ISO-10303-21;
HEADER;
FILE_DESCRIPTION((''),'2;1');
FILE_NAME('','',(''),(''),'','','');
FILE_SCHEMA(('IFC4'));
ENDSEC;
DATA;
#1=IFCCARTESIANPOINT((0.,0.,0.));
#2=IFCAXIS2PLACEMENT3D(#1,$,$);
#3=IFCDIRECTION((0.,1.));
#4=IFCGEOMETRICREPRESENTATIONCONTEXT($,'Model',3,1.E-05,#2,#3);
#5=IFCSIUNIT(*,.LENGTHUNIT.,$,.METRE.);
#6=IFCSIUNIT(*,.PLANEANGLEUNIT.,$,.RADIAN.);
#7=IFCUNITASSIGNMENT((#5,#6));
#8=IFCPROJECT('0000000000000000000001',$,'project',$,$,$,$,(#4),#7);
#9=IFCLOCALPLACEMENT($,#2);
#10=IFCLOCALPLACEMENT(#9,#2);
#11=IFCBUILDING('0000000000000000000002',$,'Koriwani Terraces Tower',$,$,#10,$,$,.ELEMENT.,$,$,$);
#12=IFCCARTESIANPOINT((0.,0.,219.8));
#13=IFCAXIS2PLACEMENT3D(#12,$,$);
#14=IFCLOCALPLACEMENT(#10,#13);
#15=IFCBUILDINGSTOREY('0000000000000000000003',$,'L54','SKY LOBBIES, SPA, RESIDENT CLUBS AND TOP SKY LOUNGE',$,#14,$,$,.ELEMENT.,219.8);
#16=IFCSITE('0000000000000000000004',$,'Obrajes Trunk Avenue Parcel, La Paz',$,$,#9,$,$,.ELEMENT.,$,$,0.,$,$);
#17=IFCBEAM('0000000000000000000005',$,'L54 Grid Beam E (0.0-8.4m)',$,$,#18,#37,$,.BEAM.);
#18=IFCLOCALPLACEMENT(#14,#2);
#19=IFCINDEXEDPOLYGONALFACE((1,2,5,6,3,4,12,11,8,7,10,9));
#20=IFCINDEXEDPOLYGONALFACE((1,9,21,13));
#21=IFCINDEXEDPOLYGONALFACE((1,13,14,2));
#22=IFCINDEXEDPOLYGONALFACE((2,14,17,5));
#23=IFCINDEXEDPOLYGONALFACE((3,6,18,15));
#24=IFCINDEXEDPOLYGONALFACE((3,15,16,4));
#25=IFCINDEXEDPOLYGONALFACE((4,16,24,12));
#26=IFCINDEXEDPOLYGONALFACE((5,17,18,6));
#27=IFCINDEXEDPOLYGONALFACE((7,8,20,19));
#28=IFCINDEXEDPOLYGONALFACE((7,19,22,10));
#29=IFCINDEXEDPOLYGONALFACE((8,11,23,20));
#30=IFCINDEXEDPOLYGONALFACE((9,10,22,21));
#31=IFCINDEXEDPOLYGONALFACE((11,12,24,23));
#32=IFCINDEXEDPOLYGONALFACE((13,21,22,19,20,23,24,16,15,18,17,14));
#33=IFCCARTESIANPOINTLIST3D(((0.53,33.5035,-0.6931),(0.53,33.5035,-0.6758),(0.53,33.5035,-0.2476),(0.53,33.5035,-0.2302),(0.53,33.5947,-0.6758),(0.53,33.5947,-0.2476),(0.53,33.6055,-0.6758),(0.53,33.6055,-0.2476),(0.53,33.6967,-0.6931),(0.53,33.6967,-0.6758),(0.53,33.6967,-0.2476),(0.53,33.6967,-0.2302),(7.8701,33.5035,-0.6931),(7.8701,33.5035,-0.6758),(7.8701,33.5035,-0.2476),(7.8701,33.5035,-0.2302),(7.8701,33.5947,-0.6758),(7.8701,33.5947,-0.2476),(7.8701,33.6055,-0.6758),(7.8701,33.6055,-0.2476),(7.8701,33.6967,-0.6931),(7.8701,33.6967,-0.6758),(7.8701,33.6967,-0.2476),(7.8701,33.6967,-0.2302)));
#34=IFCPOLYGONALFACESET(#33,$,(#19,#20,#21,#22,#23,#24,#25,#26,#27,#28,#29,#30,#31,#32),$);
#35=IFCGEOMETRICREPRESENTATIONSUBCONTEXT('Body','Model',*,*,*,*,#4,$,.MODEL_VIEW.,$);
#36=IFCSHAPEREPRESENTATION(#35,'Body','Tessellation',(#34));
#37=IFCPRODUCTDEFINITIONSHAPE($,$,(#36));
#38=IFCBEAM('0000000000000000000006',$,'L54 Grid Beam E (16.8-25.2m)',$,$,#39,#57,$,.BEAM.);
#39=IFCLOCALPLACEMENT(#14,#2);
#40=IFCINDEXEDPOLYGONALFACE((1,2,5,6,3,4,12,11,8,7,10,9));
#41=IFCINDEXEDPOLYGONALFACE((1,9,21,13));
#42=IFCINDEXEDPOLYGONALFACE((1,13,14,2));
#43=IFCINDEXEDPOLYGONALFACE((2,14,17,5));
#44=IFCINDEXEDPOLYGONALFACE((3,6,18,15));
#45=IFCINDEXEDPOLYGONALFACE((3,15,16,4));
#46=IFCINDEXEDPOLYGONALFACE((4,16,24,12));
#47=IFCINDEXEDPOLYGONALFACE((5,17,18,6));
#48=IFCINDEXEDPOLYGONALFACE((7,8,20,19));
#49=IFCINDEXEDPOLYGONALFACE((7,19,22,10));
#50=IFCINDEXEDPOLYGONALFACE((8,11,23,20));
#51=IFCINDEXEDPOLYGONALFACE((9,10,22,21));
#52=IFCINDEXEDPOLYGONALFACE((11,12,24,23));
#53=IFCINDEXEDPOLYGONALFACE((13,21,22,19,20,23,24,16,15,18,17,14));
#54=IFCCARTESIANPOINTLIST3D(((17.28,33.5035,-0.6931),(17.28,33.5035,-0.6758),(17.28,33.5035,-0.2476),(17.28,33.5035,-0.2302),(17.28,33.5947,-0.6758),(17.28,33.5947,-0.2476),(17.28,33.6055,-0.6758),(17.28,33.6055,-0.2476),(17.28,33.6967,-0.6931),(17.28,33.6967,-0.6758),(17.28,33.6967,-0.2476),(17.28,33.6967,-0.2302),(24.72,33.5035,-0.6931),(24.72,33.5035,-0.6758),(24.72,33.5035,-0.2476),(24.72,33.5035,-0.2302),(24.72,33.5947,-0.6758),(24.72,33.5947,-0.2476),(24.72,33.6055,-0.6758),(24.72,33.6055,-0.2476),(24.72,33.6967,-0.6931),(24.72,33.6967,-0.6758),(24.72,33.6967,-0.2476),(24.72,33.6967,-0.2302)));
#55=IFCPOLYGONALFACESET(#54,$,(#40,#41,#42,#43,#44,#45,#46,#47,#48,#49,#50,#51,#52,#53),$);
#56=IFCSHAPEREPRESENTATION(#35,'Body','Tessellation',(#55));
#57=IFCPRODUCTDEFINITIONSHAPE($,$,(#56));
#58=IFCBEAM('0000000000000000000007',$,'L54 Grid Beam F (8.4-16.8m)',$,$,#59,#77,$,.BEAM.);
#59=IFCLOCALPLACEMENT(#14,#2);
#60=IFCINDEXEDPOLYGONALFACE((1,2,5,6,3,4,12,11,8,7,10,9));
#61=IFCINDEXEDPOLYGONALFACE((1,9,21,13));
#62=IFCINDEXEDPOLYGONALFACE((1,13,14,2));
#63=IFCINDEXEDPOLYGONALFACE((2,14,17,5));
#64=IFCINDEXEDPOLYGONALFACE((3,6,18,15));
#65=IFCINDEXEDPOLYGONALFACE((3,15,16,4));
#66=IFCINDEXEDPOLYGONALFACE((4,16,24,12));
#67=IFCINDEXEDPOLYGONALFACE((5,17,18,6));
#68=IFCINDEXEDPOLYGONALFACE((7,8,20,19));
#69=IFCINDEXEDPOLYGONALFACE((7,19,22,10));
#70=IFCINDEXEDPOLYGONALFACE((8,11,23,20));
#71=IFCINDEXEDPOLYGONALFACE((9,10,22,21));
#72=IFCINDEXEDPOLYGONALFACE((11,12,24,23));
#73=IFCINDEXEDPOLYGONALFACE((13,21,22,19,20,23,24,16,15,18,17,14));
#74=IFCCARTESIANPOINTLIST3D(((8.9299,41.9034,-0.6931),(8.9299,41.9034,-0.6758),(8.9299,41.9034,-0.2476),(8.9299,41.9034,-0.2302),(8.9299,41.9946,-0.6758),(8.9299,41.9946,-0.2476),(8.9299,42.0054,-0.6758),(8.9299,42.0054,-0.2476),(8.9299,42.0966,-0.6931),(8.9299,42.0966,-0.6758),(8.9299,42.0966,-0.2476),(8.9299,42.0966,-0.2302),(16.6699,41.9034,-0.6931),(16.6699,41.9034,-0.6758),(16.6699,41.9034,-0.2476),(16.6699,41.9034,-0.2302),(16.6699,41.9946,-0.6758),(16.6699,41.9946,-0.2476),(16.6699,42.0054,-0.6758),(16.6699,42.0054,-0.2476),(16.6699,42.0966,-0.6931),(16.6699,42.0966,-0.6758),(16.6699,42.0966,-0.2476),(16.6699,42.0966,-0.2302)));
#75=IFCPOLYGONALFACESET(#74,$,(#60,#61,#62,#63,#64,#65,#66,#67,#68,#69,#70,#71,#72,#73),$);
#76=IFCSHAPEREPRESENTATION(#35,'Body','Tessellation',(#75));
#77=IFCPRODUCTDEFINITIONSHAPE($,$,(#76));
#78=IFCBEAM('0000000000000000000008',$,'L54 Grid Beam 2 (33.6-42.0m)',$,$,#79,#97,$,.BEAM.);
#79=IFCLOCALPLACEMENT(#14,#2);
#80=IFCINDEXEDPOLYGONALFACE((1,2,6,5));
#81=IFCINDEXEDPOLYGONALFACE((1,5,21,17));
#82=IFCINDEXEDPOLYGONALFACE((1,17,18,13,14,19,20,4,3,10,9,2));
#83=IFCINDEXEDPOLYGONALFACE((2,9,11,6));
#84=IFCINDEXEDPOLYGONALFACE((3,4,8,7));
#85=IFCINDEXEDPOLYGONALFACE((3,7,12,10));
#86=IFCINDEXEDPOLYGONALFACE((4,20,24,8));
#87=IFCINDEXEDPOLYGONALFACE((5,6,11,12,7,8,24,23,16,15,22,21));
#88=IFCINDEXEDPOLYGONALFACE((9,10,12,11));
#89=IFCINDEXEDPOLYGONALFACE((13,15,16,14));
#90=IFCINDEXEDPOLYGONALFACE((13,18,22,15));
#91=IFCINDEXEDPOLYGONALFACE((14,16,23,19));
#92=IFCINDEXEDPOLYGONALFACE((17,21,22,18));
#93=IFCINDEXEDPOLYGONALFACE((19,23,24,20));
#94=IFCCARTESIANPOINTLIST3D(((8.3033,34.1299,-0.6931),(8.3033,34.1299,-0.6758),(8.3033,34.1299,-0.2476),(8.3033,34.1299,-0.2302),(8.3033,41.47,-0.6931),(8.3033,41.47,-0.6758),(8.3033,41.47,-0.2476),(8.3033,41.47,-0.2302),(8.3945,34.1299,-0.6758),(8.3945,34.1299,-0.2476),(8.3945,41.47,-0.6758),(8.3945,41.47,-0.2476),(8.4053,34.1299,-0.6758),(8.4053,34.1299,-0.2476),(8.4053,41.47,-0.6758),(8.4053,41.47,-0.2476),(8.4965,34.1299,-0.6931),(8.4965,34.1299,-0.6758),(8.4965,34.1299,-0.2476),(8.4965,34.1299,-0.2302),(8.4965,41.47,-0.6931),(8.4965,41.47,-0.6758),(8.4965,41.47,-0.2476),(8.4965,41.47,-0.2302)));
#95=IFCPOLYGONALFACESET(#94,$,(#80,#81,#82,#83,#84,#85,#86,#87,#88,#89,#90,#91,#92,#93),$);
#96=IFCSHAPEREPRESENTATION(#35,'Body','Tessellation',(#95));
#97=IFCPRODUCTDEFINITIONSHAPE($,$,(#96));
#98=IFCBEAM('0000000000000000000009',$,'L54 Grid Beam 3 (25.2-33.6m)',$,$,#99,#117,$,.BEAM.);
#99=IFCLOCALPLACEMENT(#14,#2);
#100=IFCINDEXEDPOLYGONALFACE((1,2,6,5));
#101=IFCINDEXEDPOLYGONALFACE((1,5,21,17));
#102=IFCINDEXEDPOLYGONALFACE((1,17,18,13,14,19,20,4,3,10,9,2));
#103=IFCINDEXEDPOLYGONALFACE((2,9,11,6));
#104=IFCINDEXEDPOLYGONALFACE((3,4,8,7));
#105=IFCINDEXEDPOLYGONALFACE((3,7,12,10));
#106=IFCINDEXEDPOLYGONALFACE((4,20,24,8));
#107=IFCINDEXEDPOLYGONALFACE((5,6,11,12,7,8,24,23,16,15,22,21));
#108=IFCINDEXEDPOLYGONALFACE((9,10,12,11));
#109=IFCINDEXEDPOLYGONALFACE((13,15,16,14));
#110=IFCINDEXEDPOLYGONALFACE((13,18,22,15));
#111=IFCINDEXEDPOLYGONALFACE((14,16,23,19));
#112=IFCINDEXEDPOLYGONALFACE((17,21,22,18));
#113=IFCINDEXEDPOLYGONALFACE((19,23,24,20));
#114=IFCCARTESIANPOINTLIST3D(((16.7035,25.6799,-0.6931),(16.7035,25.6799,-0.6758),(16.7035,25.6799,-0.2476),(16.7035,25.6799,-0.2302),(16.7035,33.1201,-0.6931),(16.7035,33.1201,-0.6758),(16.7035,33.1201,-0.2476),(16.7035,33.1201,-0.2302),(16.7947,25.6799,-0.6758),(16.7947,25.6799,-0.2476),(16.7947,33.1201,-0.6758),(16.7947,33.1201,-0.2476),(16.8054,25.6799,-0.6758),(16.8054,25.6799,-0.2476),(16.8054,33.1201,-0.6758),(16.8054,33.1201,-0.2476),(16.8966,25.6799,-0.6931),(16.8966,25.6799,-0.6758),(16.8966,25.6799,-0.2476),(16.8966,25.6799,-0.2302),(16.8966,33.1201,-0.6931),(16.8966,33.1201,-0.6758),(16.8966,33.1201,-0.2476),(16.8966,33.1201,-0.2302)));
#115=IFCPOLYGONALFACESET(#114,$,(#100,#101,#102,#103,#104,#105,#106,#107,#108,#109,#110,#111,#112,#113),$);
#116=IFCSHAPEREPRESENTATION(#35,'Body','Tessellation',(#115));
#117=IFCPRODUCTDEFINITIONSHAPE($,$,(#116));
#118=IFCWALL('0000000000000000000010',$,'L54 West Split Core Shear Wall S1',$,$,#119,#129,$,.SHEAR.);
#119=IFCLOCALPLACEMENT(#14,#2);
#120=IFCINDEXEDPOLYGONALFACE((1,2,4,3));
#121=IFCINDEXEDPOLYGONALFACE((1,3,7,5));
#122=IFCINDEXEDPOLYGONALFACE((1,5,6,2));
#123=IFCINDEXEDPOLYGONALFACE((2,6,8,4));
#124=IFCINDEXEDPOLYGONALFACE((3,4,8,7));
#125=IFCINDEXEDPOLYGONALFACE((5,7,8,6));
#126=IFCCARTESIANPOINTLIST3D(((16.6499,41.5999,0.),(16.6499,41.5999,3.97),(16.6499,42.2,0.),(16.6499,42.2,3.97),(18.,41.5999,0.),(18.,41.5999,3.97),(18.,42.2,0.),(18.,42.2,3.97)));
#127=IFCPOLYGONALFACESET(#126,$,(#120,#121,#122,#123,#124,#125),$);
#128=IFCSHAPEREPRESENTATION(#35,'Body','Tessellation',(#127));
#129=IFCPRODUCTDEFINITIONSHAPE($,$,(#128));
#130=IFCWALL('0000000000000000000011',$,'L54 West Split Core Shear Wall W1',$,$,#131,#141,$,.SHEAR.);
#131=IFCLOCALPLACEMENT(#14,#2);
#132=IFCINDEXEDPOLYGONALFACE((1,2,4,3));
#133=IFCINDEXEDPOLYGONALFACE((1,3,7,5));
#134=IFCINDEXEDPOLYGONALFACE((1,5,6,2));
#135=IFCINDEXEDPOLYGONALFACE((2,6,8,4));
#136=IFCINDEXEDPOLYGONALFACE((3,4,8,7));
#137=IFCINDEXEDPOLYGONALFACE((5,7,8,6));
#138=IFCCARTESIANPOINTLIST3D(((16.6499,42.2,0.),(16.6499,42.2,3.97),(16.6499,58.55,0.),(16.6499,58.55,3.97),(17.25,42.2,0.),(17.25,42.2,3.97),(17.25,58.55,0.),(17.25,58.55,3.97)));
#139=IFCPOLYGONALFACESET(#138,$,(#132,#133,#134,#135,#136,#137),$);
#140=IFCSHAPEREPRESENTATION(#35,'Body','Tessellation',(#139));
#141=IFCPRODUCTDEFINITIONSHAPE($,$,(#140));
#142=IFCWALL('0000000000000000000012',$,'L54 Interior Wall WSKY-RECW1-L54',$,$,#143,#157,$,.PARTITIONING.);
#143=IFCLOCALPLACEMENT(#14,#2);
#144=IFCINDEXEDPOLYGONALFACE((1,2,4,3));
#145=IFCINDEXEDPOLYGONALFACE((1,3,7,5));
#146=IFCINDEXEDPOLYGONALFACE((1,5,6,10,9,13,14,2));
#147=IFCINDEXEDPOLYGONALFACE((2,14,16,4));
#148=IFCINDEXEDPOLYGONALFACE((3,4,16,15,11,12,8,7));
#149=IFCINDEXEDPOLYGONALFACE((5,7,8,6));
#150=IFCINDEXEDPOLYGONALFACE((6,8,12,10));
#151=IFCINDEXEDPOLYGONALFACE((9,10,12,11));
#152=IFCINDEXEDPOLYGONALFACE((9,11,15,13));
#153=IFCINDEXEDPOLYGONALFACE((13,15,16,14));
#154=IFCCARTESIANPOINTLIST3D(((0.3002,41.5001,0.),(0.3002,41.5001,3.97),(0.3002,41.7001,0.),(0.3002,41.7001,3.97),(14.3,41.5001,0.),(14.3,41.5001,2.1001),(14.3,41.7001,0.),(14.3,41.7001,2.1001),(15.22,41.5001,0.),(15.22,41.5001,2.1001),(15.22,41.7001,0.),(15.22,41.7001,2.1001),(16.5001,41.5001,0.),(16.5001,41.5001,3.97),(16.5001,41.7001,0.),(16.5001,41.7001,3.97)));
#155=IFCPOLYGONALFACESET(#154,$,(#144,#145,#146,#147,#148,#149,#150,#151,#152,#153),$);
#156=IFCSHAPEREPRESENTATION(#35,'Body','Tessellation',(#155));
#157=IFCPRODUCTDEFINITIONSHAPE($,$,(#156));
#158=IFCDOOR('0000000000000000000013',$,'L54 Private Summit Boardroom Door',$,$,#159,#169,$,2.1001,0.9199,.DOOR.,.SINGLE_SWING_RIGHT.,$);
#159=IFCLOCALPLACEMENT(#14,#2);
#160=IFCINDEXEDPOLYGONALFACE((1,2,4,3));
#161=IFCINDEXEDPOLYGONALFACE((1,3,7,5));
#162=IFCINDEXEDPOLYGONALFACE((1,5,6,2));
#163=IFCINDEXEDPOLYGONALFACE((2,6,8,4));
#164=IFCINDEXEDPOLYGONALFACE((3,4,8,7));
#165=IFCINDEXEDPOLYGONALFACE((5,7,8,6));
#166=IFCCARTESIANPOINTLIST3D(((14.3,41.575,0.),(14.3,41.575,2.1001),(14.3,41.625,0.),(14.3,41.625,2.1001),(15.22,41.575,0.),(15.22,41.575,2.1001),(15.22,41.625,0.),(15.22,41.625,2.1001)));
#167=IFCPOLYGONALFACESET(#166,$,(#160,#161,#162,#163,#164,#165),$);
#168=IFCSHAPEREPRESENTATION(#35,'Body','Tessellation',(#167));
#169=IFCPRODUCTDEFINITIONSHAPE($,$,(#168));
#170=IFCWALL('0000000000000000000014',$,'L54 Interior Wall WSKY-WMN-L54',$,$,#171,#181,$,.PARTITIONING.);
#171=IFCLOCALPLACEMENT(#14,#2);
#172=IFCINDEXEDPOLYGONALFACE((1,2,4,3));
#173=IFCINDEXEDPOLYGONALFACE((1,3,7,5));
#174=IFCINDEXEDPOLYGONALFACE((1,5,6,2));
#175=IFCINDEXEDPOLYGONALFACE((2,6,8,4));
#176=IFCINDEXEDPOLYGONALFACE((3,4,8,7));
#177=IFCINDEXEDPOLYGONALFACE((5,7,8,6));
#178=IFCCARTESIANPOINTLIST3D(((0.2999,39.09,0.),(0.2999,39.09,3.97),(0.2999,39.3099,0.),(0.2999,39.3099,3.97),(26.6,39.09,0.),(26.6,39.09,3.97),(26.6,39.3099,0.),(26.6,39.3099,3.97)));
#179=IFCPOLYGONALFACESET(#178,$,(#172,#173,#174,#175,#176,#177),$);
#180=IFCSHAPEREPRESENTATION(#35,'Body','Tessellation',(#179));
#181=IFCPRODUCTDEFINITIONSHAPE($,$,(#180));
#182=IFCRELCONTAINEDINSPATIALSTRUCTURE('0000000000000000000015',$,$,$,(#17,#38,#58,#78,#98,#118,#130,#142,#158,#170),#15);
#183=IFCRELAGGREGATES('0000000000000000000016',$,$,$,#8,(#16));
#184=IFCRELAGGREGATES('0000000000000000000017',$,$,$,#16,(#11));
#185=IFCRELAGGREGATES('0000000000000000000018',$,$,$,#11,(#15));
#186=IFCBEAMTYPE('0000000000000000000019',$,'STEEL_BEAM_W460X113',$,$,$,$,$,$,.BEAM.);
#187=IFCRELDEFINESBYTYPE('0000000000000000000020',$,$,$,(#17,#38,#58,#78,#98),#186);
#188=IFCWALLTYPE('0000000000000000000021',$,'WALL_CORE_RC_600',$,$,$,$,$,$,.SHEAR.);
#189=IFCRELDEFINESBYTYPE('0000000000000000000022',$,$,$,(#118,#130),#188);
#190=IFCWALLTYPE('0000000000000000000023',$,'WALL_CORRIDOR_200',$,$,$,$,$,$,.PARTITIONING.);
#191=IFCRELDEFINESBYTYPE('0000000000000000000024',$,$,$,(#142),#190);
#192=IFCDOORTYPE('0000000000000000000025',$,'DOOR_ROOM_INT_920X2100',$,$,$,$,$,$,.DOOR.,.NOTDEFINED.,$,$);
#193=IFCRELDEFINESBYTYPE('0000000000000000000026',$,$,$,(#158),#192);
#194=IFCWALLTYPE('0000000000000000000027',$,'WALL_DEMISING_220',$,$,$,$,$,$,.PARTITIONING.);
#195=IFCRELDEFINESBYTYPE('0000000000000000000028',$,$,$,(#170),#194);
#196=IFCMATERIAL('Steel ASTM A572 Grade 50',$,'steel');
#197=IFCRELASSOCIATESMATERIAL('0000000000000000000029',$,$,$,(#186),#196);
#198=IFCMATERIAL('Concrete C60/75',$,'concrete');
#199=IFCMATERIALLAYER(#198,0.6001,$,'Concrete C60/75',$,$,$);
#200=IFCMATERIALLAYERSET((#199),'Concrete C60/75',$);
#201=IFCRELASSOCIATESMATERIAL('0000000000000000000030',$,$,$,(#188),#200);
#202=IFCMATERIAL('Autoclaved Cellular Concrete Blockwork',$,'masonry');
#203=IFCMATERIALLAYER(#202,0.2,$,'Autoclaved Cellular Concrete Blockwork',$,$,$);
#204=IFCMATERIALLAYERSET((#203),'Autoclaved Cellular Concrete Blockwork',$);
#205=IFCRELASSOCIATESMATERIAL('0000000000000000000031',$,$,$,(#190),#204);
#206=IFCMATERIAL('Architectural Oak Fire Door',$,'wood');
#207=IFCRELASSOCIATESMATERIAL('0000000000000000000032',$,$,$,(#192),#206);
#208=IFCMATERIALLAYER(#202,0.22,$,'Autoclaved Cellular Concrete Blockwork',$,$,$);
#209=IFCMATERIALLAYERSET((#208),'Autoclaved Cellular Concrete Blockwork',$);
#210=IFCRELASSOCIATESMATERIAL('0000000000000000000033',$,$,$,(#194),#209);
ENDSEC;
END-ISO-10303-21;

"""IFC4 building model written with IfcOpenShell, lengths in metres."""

from ifc_helpers import new_model, si_unit, direction, frame, frame_2d, origin, origin_2d, place, context, subcontext, project, spatial, rectangle, i_section, extrude, material, layer, layer_set, material_profile, profile_set, type_object, element, fill, save


model = new_model("IFC4")

# Units and contexts
model_context = context("Model", 3, precision=1e-05, world=origin(), true_north=direction((0.0, 1.0)))
body_context = subcontext(model_context, "Body", "Model", "MODEL_VIEW")
ifc_project = project(units=[si_unit("LENGTHUNIT", "METRE"), si_unit("PLANEANGLEUNIT", "RADIAN")], contexts=[model_context])

# Site, building, storey
site_placement = place(None, origin())
site = spatial("IfcSite", under=ifc_project, at=site_placement, Name="Obrajes Trunk Avenue Parcel, La Paz", CompositionType="ELEMENT", RefElevation=0.0)
building_placement = place(site_placement, origin())
building = spatial("IfcBuilding", under=site, at=building_placement, Name="Koriwani Terraces Tower", CompositionType="ELEMENT")
storey_placement = place(building_placement, frame((0.0, 0.0, 219.8)))
storey = spatial("IfcBuildingStorey", under=building, at=storey_placement, Name="L54", Description="SKY LOBBIES, SPA, RESIDENT CLUBS AND TOP SKY LOUNGE", CompositionType="ELEMENT", Elevation=219.8)

# Beams
ifc_material_1 = material(Name="Concrete C60/75", Category="concrete")
ifc_material_2 = material(Name="Steel ASTM A572 Grade 50", Category="steel")
ifc_material_profile_1 = material_profile(ifc_material_2, i_section(OverallWidth=0.1931, OverallDepth=0.4629, WebThickness=0.0107, FlangeThickness=0.0173, at=origin_2d()), Name="Steel ASTM A572 Grade 50", Category="LoadBearing")
ifc_profile_set_1 = profile_set([ifc_material_profile_1], Name="Steel ASTM A572 Grade 50")
beam_type_1 = type_object("IfcBeamType", Name="STEEL_BEAM_W460X113", PredefinedType="BEAM", material=ifc_profile_set_1)
beam_1_placement = place(storey_placement, frame((0.53, 33.6001, -0.4617), z_axis=(1.0, 0.0, 0.0), x_axis=(0.0, 1.0, 0.0)))
element("IfcBeam", 1, at=beam_1_placement, inside=storey, type_object=beam_type_1, Name="L54 Grid Beam E (0.0-8.4m)", PredefinedType="BEAM", context=body_context, shape_type="SweptSolid", body=[
    extrude(i_section(OverallWidth=0.1931, OverallDepth=0.4629, WebThickness=0.0107, FlangeThickness=0.0173, at=origin_2d()), origin(), (0.0, 0.0, 1.0), 7.3401),
])
beam_2_placement = place(storey_placement, frame((17.28, 33.6001, -0.4617), z_axis=(1.0, 0.0, 0.0), x_axis=(0.0, 1.0, 0.0)))
element("IfcBeam", 2, at=beam_2_placement, inside=storey, type_object=beam_type_1, Name="L54 Grid Beam E (16.8-25.2m)", PredefinedType="BEAM", context=body_context, shape_type="SweptSolid", body=[
    extrude(i_section(OverallWidth=0.1931, OverallDepth=0.4629, WebThickness=0.0107, FlangeThickness=0.0173, at=origin_2d()), origin(), (0.0, 0.0, 1.0), 7.4399),
])
beam_3_placement = place(storey_placement, frame((8.9299, 42.0, -0.4617), z_axis=(1.0, 0.0, 0.0), x_axis=(0.0, 1.0, 0.0)))
element("IfcBeam", 3, at=beam_3_placement, inside=storey, type_object=beam_type_1, Name="L54 Grid Beam F (8.4-16.8m)", PredefinedType="BEAM", context=body_context, shape_type="SweptSolid", body=[
    extrude(i_section(OverallWidth=0.1931, OverallDepth=0.4629, WebThickness=0.0107, FlangeThickness=0.0173, at=origin_2d()), origin(), (0.0, 0.0, 1.0), 7.74),
])
beam_4_placement = place(storey_placement, frame((8.3999, 34.1299, -0.4617), z_axis=(0.0, 1.0, 0.0), x_axis=(-1.0, 0.0, 0.0)))
element("IfcBeam", 4, at=beam_4_placement, inside=storey, type_object=beam_type_1, Name="L54 Grid Beam 2 (33.6-42.0m)", PredefinedType="BEAM", context=body_context, shape_type="SweptSolid", body=[
    extrude(i_section(OverallWidth=0.1931, OverallDepth=0.4629, WebThickness=0.0107, FlangeThickness=0.0173, at=origin_2d()), origin(), (0.0, 0.0, 1.0), 7.3401),
])
beam_5_placement = place(storey_placement, frame((16.8, 25.6799, -0.4617), z_axis=(0.0, 1.0, 0.0), x_axis=(-1.0, 0.0, 0.0)))
element("IfcBeam", 5, at=beam_5_placement, inside=storey, type_object=beam_type_1, Name="L54 Grid Beam 3 (25.2-33.6m)", PredefinedType="BEAM", context=body_context, shape_type="SweptSolid", body=[
    extrude(i_section(OverallWidth=0.1931, OverallDepth=0.4629, WebThickness=0.0107, FlangeThickness=0.0173, at=origin_2d()), origin(), (0.0, 0.0, 1.0), 7.4402),
])

# Walls
ifc_layer_1 = layer(ifc_material_1, 0.6001, Name="Concrete C60/75")
ifc_layer_set_1 = layer_set([ifc_layer_1], Name="Concrete C60/75")
wall_type_1 = type_object("IfcWallType", Name="WALL_CORE_RC_600", PredefinedType="SHEAR", material=ifc_layer_set_1)
wall_1_placement = place(storey_placement, frame((16.6499, 41.8999, 0.0), z_axis=(0.0, 0.0, 1.0), x_axis=(1.0, 0.0, 0.0)))
element("IfcWall", 6, at=wall_1_placement, inside=storey, type_object=wall_type_1, Name="L54 West Split Core Shear Wall S1", PredefinedType="SHEAR", context=body_context, shape_type="SweptSolid", body=[
    extrude(rectangle(XDim=1.3501, YDim=0.6001, at=frame_2d((0.675, 0.0))), origin(), (0.0, 0.0, 1.0), 3.97),
])
wall_2_placement = place(storey_placement, frame((16.95, 42.2, 0.0), z_axis=(0.0, 0.0, 1.0), x_axis=(0.0, 1.0, 0.0)))
element("IfcWall", 7, at=wall_2_placement, inside=storey, type_object=wall_type_1, Name="L54 West Split Core Shear Wall W1", PredefinedType="SHEAR", context=body_context, shape_type="SweptSolid", body=[
    extrude(rectangle(XDim=16.3501, YDim=0.6001, at=frame_2d((8.175, 0.0))), origin(), (0.0, 0.0, 1.0), 3.97),
])

# Wall, opening, door
ifc_material_3 = material(Name="Autoclaved Cellular Concrete Blockwork", Category="masonry")
ifc_layer_2 = layer(ifc_material_3, 0.2, Name="Autoclaved Cellular Concrete Blockwork")
ifc_layer_set_2 = layer_set([ifc_layer_2], Name="Autoclaved Cellular Concrete Blockwork")
wall_type_2 = type_object("IfcWallType", Name="WALL_CORRIDOR_200", PredefinedType="PARTITIONING", material=ifc_layer_set_2)
wall_3_placement = place(storey_placement, frame((0.3, 41.6001, 0.0), z_axis=(0.0, 0.0, 1.0), x_axis=(1.0, 0.0, 0.0)))
wall_3 = element("IfcWall", 8, at=wall_3_placement, inside=storey, type_object=wall_type_2, Name="L54 Interior Wall WSKY-RECW1-L54", PredefinedType="PARTITIONING", context=body_context, shape_type="SweptSolid", body=[
    extrude(rectangle(XDim=16.2, YDim=0.2, at=frame_2d((8.1001, 0.0))), origin(), (0.0, 0.0, 1.0), 3.97),
])
opening_1_placement = place(wall_3_placement, frame((14.0, 0.0, 0.0)))
opening_1 = element("IfcOpeningElement", 9, at=opening_1_placement, cuts=wall_3, PredefinedType="OPENING", context=body_context, shape_type="SweptSolid", body=[
    extrude(rectangle(XDim=0.9199, YDim=2.1001, at=frame_2d((0.46, 1.05))), frame((0.0, 0.1099, 0.0), z_axis=(0.0, -1.0, 0.0), x_axis=(1.0, 0.0, 0.0)), (0.0, 0.0, 1.0), 0.22),
])
ifc_material_4 = material(Name="Architectural Oak Fire Door", Category="wood")
door_type_1 = type_object("IfcDoorType", Name="DOOR_ROOM_INT_920X2100", OperationType="NOTDEFINED", PredefinedType="DOOR", material=ifc_material_4)
door_1_placement = place(opening_1_placement, origin())
door_1 = element("IfcDoor", 10, at=door_1_placement, inside=storey, type_object=door_type_1, Name="L54 Private Summit Boardroom Door", OperationType="SINGLE_SWING_RIGHT", OverallHeight=2.1001, OverallWidth=0.9199, PredefinedType="DOOR", context=body_context, shape_type="SweptSolid", body=[
    extrude(rectangle(XDim=0.9199, YDim=2.1001, at=frame_2d((0.46, 1.05))), frame((0.0, 0.0249, 0.0), z_axis=(0.0, -1.0, 0.0), x_axis=(1.0, 0.0, 0.0)), (0.0, 0.0, 1.0), 0.05),
])
fill(opening_1, door_1)

# Wall
ifc_layer_3 = layer(ifc_material_3, 0.22, Name="Autoclaved Cellular Concrete Blockwork")
ifc_layer_set_3 = layer_set([ifc_layer_3], Name="Autoclaved Cellular Concrete Blockwork")
wall_type_3 = type_object("IfcWallType", Name="WALL_DEMISING_220", PredefinedType="PARTITIONING", material=ifc_layer_set_3)
wall_4_placement = place(storey_placement, frame((0.3, 39.2, 0.0), z_axis=(0.0, 0.0, 1.0), x_axis=(1.0, 0.0, 0.0)))
element("IfcWall", 11, at=wall_4_placement, inside=storey, type_object=wall_type_3, Name="L54 Interior Wall WSKY-WMN-L54", PredefinedType="PARTITIONING", context=body_context, shape_type="SweptSolid", body=[
    extrude(rectangle(XDim=26.3, YDim=0.22, at=frame_2d((13.1499, 0.0))), origin(), (0.0, 0.0, 1.0), 3.97),
])

save(model, "model.ifc")
